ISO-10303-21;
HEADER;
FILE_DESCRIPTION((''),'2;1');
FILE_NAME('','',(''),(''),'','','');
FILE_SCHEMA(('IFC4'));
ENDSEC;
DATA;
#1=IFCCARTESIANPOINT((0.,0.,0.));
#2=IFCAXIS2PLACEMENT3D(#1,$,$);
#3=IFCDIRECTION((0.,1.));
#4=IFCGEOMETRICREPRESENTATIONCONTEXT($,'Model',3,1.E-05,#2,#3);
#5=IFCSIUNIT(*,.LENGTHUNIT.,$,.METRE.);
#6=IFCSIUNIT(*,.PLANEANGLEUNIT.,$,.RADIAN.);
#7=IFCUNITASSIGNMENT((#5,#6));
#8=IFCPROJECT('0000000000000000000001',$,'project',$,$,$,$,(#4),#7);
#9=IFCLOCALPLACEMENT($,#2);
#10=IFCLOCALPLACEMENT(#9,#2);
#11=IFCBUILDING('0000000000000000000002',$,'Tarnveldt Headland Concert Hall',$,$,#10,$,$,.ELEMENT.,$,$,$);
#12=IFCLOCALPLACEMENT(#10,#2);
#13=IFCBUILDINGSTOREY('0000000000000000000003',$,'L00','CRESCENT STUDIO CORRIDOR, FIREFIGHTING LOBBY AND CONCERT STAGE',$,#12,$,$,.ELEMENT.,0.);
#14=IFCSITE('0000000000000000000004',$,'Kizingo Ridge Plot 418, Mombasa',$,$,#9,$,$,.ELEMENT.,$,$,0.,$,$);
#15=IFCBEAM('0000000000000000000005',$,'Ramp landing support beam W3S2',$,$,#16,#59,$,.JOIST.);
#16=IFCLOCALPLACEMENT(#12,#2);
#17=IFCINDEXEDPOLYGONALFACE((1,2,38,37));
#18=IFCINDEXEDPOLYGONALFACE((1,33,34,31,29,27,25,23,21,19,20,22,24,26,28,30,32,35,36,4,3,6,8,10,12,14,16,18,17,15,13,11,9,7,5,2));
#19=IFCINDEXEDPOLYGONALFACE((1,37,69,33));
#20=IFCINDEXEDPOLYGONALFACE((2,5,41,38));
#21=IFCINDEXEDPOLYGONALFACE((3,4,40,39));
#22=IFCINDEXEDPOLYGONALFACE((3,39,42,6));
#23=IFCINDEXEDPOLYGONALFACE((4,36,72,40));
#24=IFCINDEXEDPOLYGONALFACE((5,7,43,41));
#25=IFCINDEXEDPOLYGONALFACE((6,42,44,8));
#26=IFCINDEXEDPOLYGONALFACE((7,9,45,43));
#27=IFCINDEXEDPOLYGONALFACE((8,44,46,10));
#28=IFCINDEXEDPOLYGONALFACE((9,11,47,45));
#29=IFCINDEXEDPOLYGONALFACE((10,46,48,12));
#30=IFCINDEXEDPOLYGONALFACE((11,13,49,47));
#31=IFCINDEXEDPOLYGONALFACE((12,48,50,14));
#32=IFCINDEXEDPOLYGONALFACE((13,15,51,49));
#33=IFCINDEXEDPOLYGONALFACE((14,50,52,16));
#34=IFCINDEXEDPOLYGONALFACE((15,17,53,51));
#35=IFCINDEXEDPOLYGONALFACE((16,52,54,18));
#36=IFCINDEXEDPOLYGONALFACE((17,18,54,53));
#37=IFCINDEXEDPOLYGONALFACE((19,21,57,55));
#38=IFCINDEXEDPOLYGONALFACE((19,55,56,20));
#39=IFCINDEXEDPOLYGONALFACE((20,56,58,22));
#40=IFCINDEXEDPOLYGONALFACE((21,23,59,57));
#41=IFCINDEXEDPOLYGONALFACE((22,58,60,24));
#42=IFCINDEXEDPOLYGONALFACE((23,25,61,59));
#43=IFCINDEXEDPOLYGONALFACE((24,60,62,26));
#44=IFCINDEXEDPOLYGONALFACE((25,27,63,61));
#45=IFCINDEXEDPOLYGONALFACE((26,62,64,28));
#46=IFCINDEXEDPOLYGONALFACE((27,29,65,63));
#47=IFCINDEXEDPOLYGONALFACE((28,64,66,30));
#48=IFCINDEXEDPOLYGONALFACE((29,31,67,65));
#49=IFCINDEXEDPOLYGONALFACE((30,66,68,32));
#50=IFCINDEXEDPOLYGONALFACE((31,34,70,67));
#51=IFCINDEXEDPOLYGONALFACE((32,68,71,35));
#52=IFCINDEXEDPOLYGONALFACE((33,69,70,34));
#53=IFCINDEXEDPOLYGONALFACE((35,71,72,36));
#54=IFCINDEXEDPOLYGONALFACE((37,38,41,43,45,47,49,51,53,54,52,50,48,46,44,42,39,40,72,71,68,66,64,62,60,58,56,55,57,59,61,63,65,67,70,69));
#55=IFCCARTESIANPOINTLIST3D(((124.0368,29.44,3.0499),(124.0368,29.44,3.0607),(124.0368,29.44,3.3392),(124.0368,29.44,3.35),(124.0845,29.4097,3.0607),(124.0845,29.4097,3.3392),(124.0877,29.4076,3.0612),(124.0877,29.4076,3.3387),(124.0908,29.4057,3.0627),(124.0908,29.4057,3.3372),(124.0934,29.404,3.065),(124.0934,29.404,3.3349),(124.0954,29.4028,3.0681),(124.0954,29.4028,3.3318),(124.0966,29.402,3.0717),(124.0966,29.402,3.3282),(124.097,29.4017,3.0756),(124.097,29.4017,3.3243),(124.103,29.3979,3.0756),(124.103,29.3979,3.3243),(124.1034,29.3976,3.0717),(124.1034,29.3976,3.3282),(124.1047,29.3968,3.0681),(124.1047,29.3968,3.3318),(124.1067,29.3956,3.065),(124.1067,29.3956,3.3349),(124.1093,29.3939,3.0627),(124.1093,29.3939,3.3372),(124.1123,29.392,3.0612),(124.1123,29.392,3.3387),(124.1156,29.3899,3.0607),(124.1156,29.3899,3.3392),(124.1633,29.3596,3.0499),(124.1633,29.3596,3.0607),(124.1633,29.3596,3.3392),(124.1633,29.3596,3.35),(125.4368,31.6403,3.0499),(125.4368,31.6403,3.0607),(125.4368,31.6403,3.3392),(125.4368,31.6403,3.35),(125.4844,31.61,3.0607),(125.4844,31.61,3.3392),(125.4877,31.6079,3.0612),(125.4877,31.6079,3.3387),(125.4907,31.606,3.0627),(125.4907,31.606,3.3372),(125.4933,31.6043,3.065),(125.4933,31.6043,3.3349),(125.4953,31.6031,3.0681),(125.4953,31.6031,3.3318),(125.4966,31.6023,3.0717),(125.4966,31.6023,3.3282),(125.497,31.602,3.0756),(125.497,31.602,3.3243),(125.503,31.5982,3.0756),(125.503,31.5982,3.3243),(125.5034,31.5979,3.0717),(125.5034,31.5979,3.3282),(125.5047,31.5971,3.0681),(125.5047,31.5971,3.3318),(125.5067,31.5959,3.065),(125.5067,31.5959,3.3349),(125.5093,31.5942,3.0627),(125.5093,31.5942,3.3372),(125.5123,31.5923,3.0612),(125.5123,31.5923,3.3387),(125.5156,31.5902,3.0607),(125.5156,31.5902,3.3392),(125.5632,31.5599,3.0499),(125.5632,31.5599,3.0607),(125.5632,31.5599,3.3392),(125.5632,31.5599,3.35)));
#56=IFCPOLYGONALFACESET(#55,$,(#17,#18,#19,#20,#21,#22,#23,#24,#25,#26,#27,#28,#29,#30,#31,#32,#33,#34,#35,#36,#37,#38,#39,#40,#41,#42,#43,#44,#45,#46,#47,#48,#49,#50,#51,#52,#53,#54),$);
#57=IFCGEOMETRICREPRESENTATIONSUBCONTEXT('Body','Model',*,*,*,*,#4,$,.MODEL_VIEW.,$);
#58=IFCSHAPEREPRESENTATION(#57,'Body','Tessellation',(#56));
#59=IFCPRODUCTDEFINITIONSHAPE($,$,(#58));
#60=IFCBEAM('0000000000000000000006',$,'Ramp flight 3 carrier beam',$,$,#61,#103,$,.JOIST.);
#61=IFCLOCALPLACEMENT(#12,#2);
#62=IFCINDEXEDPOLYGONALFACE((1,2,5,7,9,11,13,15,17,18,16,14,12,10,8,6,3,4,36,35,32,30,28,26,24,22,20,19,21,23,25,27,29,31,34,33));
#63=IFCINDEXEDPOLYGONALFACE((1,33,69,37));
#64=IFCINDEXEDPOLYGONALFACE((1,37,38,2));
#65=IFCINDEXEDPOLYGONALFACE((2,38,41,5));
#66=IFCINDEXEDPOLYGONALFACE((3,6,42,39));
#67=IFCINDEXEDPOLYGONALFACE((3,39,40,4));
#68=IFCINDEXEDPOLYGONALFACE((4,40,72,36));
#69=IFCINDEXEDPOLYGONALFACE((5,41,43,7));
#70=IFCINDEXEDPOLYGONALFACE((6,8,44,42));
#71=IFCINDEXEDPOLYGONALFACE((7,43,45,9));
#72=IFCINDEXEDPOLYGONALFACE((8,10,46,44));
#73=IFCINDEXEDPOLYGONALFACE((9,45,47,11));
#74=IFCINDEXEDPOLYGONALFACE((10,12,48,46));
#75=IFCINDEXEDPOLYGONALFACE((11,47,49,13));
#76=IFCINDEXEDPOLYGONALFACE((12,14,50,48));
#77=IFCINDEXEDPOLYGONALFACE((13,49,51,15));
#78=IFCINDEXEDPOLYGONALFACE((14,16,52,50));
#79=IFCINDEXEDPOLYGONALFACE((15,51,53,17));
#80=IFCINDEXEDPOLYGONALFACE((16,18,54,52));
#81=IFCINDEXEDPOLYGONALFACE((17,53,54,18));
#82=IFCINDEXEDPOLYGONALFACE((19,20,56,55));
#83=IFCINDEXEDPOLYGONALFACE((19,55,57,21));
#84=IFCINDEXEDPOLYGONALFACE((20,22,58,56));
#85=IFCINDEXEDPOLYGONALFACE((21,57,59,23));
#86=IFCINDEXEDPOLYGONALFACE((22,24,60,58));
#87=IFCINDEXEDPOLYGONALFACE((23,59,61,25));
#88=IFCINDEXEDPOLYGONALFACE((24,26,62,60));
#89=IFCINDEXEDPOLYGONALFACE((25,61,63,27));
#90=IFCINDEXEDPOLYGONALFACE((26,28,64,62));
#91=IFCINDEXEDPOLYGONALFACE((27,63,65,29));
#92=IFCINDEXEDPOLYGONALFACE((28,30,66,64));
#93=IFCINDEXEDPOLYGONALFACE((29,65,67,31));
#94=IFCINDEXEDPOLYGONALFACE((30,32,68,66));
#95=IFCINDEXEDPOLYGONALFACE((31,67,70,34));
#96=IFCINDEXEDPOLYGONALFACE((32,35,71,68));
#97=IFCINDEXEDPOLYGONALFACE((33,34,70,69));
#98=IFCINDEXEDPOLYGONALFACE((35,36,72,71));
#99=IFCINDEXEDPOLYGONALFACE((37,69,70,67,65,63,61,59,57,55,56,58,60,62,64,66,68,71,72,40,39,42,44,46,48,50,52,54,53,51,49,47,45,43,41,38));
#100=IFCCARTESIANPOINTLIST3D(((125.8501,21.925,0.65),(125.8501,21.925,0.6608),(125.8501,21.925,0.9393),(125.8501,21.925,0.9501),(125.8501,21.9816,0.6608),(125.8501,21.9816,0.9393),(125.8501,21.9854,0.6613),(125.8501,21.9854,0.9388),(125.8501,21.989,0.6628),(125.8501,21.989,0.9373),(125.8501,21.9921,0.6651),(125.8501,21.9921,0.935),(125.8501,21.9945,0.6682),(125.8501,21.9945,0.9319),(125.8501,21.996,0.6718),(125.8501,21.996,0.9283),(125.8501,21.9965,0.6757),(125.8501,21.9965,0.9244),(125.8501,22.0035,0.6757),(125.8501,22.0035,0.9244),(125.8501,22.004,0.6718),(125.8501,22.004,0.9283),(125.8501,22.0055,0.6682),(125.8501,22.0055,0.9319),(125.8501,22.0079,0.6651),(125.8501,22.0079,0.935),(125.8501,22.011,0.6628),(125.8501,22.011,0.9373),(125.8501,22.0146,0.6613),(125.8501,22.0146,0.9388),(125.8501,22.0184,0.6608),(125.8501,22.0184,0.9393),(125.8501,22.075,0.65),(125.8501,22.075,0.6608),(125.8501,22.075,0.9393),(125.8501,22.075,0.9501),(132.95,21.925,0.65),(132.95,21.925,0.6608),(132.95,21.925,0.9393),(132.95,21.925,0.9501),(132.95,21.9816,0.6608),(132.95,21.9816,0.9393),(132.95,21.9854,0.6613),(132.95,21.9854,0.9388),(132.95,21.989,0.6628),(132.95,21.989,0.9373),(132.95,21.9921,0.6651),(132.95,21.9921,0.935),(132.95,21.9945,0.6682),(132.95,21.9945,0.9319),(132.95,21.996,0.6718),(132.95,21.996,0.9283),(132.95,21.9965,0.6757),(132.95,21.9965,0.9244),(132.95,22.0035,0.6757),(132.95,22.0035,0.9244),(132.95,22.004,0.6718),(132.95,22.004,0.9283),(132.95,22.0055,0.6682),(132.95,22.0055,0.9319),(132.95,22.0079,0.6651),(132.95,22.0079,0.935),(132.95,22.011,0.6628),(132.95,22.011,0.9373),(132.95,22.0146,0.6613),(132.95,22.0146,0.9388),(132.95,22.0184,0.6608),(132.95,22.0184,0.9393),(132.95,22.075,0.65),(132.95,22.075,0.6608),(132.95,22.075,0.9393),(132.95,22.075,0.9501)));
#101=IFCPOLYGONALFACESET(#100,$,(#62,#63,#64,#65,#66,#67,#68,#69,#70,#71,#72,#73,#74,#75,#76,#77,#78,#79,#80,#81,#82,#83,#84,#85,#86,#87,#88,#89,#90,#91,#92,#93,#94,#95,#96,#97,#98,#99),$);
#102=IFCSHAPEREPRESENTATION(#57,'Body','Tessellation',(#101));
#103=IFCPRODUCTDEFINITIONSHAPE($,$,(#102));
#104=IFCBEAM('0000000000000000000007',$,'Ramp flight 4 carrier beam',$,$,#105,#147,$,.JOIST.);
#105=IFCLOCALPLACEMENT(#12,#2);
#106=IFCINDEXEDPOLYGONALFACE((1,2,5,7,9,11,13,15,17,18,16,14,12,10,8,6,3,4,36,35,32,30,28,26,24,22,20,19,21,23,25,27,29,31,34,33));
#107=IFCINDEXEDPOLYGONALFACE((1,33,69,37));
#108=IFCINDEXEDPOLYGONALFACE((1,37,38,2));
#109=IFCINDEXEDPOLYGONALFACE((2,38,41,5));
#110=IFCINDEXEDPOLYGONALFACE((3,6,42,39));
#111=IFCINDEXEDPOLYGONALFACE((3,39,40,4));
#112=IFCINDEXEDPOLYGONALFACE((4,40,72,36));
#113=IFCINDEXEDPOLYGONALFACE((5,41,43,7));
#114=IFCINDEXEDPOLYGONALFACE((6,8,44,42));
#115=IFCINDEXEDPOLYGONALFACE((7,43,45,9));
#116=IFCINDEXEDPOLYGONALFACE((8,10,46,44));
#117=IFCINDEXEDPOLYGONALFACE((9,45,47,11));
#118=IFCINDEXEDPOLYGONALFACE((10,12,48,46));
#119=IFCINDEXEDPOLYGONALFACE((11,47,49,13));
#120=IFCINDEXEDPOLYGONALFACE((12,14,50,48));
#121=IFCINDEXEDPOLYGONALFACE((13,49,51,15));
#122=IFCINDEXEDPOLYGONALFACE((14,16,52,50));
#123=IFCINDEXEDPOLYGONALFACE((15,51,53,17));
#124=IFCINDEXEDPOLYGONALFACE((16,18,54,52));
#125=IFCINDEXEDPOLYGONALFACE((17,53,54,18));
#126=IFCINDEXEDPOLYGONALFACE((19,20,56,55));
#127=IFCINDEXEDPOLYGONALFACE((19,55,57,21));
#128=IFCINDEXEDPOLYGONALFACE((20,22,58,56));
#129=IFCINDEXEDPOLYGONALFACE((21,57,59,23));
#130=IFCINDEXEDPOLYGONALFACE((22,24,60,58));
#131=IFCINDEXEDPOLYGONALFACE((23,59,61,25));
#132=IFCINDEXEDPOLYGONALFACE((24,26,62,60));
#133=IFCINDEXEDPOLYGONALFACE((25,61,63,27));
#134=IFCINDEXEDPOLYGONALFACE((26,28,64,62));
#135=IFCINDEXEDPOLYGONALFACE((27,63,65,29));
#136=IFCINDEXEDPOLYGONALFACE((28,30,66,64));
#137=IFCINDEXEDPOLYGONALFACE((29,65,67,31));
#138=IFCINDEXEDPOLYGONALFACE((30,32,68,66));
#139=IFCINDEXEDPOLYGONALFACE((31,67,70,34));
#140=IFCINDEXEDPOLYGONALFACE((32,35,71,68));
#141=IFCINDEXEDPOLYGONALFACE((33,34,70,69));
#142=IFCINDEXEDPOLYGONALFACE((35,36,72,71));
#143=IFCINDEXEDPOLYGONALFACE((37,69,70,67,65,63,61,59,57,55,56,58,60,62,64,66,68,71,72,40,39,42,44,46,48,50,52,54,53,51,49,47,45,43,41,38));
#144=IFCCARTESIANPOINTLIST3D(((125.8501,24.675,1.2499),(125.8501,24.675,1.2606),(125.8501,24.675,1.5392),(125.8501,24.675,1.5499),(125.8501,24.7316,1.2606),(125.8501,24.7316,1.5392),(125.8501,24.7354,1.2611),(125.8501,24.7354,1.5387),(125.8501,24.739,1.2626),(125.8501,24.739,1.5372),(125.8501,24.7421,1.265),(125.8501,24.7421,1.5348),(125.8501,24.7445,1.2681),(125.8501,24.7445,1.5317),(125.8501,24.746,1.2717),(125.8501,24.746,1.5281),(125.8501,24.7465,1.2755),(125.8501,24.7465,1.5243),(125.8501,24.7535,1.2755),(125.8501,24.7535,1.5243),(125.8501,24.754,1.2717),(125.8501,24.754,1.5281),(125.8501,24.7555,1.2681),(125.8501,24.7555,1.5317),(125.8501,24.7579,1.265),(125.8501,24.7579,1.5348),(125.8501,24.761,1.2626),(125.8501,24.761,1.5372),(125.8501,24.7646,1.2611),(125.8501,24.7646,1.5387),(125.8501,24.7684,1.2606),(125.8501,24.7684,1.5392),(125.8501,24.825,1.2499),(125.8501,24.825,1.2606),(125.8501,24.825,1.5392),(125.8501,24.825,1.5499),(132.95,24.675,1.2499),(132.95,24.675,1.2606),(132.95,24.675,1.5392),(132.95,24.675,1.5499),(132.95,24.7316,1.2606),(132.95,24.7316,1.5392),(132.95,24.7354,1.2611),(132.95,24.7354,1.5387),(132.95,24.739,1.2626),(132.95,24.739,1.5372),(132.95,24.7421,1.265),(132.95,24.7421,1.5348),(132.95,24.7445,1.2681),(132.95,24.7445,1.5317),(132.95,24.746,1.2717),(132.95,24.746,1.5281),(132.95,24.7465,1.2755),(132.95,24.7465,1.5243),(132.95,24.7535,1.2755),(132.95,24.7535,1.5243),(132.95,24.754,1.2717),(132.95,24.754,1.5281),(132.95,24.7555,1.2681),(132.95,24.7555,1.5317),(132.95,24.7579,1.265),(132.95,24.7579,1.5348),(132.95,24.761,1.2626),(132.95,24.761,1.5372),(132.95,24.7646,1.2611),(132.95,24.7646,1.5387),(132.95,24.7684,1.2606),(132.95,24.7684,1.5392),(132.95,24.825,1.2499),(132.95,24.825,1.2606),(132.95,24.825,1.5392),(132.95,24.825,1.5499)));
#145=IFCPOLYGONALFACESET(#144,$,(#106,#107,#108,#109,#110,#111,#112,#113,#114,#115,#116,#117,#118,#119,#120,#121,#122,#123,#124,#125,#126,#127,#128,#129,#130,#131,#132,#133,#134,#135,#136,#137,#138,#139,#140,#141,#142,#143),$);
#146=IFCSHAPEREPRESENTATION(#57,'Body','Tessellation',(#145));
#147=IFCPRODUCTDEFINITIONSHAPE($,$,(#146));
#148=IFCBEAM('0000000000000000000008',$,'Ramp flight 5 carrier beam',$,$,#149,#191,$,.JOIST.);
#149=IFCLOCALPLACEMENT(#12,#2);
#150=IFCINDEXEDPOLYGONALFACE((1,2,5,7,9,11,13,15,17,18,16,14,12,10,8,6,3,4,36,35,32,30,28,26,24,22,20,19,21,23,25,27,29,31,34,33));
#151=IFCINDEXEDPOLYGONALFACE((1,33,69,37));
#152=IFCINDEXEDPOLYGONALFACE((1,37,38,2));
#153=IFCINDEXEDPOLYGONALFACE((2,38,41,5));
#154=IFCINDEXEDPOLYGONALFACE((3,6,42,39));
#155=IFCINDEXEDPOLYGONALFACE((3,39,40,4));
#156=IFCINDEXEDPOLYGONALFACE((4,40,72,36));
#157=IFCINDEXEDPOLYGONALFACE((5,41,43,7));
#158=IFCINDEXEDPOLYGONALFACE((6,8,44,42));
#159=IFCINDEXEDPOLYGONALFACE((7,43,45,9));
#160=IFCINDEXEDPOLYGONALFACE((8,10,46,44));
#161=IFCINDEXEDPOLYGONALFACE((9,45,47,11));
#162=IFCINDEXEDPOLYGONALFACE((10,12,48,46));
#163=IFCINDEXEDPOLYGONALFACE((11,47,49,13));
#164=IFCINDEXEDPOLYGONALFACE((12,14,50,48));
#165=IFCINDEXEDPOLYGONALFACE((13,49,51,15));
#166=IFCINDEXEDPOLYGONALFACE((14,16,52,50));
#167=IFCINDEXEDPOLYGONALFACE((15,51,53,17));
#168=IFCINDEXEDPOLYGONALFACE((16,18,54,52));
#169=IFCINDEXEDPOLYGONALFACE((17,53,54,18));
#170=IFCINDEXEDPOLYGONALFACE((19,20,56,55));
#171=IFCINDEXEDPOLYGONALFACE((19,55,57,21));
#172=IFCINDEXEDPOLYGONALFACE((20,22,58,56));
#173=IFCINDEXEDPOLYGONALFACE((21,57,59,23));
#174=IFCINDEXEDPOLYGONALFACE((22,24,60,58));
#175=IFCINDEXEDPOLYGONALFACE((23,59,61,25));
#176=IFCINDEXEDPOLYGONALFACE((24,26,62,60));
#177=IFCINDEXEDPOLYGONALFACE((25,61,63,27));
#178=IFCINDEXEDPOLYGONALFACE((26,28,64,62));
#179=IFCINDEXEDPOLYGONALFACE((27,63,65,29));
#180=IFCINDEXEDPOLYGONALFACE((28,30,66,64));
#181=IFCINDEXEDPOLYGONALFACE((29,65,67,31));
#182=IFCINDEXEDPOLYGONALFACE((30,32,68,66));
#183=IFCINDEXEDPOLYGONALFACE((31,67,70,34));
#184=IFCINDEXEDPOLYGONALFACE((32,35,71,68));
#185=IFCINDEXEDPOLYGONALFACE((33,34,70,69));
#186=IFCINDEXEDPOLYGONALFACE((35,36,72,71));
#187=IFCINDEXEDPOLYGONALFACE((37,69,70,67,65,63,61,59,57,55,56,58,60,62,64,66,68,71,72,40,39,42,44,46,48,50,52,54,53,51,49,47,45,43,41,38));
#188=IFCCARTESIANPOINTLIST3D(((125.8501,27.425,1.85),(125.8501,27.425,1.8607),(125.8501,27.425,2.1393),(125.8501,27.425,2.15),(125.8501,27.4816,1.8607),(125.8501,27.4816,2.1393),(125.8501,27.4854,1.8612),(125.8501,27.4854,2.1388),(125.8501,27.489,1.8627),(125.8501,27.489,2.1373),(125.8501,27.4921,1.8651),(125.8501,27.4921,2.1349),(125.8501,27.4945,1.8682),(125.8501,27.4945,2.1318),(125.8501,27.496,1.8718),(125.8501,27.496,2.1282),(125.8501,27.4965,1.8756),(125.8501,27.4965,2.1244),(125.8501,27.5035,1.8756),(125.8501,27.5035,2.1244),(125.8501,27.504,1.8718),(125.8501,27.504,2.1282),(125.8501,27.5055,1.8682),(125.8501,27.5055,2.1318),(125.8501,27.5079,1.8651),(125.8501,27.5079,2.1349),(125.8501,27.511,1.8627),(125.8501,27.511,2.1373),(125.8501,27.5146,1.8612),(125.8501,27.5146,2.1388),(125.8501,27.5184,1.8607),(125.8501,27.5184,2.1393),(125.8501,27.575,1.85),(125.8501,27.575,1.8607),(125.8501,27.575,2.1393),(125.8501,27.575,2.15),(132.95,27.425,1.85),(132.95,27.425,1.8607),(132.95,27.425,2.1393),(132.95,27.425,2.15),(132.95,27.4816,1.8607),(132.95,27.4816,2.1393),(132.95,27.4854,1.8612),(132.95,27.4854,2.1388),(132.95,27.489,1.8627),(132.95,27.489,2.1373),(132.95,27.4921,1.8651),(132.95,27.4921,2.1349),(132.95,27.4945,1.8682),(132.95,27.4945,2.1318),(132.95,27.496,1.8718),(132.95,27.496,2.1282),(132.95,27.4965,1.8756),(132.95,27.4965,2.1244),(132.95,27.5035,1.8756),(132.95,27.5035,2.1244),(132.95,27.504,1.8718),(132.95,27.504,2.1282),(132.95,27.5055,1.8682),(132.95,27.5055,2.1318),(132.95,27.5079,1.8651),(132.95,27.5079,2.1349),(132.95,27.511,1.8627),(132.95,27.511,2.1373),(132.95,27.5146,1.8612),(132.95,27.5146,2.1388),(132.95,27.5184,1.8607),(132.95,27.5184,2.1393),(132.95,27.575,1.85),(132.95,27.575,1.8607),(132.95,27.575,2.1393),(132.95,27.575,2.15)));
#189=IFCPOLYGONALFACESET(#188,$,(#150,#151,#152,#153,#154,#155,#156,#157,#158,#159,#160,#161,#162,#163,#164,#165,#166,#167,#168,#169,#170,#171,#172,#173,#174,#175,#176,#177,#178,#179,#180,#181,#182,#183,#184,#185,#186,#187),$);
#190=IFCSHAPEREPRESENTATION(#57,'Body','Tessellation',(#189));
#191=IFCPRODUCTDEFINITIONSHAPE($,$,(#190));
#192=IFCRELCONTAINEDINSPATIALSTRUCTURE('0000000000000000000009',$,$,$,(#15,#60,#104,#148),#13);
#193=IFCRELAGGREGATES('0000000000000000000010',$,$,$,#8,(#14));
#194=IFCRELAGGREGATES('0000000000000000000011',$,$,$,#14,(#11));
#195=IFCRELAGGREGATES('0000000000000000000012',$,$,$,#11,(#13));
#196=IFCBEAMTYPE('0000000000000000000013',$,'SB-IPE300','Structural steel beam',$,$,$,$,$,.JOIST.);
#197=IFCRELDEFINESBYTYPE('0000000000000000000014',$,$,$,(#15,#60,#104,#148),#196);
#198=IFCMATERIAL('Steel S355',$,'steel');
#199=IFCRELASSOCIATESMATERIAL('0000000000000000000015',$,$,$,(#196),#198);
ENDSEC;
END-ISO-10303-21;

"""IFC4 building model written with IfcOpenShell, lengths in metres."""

from ifc_helpers import new_model, si_unit, direction, frame, origin, origin_2d, place, context, subcontext, project, spatial, i_section, extrude, material, material_profile, profile_set, type_object, element, save


model = new_model("IFC4")

# Units and contexts
model_context = context("Model", 3, precision=1e-05, world=origin(), true_north=direction((0.0, 1.0)))
body_context = subcontext(model_context, "Body", "Model", "MODEL_VIEW")
ifc_project = project(units=[si_unit("LENGTHUNIT", "METRE"), si_unit("PLANEANGLEUNIT", "RADIAN")], contexts=[model_context])

# Site, building, storey
site_placement = place(None, origin())
site = spatial("IfcSite", under=ifc_project, at=site_placement, Name="Kizingo Ridge Plot 418, Mombasa", CompositionType="ELEMENT", RefElevation=0.0)
building_placement = place(site_placement, origin())
building = spatial("IfcBuilding", under=site, at=building_placement, Name="Tarnveldt Headland Concert Hall", CompositionType="ELEMENT")
storey_placement = place(building_placement, origin())
storey = spatial("IfcBuildingStorey", under=building, at=storey_placement, Name="L00", Description="CRESCENT STUDIO CORRIDOR, FIREFIGHTING LOBBY AND CONCERT STAGE", CompositionType="ELEMENT", Elevation=0.0)

# Shared definitions
ifc_material_1 = material(Name="Steel S355", Category="steel")

# Beams
ifc_material_profile_1 = material_profile(ifc_material_1, i_section(OverallWidth=0.1499, OverallDepth=0.3, WebThickness=0.0071, FlangeThickness=0.0107, FilletRadius=0.0149, at=origin_2d()), Name="IPE300", Category="steel")
ifc_profile_set_1 = profile_set([ifc_material_profile_1], Name="Steel S355")
beam_type_1 = type_object("IfcBeamType", Name="SB-IPE300", Description="Structural steel beam", PredefinedType="JOIST", material=ifc_profile_set_1)
beam_1_placement = place(storey_placement, frame((125.5, 31.6001, 3.2), z_axis=(-0.536815, -0.8437, 0.0), x_axis=(0.8437, -0.536815, 0.0)))
element("IfcBeam", 1, at=beam_1_placement, inside=storey, type_object=beam_type_1, Name="Ramp landing support beam W3S2", PredefinedType="JOIST", context=body_context, shape_type="SweptSolid", body=[
    extrude(i_section(OverallWidth=0.1499, OverallDepth=0.3, WebThickness=0.0071, FlangeThickness=0.0107, FilletRadius=0.0149, at=origin_2d()), origin(), (0.0, 0.0, 1.0), 2.6079),
])
for number, where, z_axis, x_axis, name in (
    (2, (125.8501, 22.0, 0.8), (1.0, 0.0, 0.0), (0.0, 1.0, 0.0), "Ramp flight 3 carrier beam"),
    (3, (125.8501, 24.75, 1.3999), (1.0, 0.0, 0.0), (0.0, 1.0, 0.0), "Ramp flight 4 carrier beam"),
    (4, (125.8501, 27.5, 2.0), (1.0, 0.0, 0.0), (0.0, 1.0, 0.0), "Ramp flight 5 carrier beam"),
):
    element("IfcBeam", number, at=place(storey_placement, frame(where, z_axis=z_axis, x_axis=x_axis)), inside=storey, type_object=beam_type_1, Name=name, PredefinedType="JOIST", context=body_context, shape_type="SweptSolid", body=[
        extrude(i_section(OverallWidth=0.1499, OverallDepth=0.3, WebThickness=0.0071, FlangeThickness=0.0107, FilletRadius=0.0149, at=origin_2d()), origin(), (0.0, 0.0, 1.0), 7.0999),
    ])

save(model, "model.ifc")
